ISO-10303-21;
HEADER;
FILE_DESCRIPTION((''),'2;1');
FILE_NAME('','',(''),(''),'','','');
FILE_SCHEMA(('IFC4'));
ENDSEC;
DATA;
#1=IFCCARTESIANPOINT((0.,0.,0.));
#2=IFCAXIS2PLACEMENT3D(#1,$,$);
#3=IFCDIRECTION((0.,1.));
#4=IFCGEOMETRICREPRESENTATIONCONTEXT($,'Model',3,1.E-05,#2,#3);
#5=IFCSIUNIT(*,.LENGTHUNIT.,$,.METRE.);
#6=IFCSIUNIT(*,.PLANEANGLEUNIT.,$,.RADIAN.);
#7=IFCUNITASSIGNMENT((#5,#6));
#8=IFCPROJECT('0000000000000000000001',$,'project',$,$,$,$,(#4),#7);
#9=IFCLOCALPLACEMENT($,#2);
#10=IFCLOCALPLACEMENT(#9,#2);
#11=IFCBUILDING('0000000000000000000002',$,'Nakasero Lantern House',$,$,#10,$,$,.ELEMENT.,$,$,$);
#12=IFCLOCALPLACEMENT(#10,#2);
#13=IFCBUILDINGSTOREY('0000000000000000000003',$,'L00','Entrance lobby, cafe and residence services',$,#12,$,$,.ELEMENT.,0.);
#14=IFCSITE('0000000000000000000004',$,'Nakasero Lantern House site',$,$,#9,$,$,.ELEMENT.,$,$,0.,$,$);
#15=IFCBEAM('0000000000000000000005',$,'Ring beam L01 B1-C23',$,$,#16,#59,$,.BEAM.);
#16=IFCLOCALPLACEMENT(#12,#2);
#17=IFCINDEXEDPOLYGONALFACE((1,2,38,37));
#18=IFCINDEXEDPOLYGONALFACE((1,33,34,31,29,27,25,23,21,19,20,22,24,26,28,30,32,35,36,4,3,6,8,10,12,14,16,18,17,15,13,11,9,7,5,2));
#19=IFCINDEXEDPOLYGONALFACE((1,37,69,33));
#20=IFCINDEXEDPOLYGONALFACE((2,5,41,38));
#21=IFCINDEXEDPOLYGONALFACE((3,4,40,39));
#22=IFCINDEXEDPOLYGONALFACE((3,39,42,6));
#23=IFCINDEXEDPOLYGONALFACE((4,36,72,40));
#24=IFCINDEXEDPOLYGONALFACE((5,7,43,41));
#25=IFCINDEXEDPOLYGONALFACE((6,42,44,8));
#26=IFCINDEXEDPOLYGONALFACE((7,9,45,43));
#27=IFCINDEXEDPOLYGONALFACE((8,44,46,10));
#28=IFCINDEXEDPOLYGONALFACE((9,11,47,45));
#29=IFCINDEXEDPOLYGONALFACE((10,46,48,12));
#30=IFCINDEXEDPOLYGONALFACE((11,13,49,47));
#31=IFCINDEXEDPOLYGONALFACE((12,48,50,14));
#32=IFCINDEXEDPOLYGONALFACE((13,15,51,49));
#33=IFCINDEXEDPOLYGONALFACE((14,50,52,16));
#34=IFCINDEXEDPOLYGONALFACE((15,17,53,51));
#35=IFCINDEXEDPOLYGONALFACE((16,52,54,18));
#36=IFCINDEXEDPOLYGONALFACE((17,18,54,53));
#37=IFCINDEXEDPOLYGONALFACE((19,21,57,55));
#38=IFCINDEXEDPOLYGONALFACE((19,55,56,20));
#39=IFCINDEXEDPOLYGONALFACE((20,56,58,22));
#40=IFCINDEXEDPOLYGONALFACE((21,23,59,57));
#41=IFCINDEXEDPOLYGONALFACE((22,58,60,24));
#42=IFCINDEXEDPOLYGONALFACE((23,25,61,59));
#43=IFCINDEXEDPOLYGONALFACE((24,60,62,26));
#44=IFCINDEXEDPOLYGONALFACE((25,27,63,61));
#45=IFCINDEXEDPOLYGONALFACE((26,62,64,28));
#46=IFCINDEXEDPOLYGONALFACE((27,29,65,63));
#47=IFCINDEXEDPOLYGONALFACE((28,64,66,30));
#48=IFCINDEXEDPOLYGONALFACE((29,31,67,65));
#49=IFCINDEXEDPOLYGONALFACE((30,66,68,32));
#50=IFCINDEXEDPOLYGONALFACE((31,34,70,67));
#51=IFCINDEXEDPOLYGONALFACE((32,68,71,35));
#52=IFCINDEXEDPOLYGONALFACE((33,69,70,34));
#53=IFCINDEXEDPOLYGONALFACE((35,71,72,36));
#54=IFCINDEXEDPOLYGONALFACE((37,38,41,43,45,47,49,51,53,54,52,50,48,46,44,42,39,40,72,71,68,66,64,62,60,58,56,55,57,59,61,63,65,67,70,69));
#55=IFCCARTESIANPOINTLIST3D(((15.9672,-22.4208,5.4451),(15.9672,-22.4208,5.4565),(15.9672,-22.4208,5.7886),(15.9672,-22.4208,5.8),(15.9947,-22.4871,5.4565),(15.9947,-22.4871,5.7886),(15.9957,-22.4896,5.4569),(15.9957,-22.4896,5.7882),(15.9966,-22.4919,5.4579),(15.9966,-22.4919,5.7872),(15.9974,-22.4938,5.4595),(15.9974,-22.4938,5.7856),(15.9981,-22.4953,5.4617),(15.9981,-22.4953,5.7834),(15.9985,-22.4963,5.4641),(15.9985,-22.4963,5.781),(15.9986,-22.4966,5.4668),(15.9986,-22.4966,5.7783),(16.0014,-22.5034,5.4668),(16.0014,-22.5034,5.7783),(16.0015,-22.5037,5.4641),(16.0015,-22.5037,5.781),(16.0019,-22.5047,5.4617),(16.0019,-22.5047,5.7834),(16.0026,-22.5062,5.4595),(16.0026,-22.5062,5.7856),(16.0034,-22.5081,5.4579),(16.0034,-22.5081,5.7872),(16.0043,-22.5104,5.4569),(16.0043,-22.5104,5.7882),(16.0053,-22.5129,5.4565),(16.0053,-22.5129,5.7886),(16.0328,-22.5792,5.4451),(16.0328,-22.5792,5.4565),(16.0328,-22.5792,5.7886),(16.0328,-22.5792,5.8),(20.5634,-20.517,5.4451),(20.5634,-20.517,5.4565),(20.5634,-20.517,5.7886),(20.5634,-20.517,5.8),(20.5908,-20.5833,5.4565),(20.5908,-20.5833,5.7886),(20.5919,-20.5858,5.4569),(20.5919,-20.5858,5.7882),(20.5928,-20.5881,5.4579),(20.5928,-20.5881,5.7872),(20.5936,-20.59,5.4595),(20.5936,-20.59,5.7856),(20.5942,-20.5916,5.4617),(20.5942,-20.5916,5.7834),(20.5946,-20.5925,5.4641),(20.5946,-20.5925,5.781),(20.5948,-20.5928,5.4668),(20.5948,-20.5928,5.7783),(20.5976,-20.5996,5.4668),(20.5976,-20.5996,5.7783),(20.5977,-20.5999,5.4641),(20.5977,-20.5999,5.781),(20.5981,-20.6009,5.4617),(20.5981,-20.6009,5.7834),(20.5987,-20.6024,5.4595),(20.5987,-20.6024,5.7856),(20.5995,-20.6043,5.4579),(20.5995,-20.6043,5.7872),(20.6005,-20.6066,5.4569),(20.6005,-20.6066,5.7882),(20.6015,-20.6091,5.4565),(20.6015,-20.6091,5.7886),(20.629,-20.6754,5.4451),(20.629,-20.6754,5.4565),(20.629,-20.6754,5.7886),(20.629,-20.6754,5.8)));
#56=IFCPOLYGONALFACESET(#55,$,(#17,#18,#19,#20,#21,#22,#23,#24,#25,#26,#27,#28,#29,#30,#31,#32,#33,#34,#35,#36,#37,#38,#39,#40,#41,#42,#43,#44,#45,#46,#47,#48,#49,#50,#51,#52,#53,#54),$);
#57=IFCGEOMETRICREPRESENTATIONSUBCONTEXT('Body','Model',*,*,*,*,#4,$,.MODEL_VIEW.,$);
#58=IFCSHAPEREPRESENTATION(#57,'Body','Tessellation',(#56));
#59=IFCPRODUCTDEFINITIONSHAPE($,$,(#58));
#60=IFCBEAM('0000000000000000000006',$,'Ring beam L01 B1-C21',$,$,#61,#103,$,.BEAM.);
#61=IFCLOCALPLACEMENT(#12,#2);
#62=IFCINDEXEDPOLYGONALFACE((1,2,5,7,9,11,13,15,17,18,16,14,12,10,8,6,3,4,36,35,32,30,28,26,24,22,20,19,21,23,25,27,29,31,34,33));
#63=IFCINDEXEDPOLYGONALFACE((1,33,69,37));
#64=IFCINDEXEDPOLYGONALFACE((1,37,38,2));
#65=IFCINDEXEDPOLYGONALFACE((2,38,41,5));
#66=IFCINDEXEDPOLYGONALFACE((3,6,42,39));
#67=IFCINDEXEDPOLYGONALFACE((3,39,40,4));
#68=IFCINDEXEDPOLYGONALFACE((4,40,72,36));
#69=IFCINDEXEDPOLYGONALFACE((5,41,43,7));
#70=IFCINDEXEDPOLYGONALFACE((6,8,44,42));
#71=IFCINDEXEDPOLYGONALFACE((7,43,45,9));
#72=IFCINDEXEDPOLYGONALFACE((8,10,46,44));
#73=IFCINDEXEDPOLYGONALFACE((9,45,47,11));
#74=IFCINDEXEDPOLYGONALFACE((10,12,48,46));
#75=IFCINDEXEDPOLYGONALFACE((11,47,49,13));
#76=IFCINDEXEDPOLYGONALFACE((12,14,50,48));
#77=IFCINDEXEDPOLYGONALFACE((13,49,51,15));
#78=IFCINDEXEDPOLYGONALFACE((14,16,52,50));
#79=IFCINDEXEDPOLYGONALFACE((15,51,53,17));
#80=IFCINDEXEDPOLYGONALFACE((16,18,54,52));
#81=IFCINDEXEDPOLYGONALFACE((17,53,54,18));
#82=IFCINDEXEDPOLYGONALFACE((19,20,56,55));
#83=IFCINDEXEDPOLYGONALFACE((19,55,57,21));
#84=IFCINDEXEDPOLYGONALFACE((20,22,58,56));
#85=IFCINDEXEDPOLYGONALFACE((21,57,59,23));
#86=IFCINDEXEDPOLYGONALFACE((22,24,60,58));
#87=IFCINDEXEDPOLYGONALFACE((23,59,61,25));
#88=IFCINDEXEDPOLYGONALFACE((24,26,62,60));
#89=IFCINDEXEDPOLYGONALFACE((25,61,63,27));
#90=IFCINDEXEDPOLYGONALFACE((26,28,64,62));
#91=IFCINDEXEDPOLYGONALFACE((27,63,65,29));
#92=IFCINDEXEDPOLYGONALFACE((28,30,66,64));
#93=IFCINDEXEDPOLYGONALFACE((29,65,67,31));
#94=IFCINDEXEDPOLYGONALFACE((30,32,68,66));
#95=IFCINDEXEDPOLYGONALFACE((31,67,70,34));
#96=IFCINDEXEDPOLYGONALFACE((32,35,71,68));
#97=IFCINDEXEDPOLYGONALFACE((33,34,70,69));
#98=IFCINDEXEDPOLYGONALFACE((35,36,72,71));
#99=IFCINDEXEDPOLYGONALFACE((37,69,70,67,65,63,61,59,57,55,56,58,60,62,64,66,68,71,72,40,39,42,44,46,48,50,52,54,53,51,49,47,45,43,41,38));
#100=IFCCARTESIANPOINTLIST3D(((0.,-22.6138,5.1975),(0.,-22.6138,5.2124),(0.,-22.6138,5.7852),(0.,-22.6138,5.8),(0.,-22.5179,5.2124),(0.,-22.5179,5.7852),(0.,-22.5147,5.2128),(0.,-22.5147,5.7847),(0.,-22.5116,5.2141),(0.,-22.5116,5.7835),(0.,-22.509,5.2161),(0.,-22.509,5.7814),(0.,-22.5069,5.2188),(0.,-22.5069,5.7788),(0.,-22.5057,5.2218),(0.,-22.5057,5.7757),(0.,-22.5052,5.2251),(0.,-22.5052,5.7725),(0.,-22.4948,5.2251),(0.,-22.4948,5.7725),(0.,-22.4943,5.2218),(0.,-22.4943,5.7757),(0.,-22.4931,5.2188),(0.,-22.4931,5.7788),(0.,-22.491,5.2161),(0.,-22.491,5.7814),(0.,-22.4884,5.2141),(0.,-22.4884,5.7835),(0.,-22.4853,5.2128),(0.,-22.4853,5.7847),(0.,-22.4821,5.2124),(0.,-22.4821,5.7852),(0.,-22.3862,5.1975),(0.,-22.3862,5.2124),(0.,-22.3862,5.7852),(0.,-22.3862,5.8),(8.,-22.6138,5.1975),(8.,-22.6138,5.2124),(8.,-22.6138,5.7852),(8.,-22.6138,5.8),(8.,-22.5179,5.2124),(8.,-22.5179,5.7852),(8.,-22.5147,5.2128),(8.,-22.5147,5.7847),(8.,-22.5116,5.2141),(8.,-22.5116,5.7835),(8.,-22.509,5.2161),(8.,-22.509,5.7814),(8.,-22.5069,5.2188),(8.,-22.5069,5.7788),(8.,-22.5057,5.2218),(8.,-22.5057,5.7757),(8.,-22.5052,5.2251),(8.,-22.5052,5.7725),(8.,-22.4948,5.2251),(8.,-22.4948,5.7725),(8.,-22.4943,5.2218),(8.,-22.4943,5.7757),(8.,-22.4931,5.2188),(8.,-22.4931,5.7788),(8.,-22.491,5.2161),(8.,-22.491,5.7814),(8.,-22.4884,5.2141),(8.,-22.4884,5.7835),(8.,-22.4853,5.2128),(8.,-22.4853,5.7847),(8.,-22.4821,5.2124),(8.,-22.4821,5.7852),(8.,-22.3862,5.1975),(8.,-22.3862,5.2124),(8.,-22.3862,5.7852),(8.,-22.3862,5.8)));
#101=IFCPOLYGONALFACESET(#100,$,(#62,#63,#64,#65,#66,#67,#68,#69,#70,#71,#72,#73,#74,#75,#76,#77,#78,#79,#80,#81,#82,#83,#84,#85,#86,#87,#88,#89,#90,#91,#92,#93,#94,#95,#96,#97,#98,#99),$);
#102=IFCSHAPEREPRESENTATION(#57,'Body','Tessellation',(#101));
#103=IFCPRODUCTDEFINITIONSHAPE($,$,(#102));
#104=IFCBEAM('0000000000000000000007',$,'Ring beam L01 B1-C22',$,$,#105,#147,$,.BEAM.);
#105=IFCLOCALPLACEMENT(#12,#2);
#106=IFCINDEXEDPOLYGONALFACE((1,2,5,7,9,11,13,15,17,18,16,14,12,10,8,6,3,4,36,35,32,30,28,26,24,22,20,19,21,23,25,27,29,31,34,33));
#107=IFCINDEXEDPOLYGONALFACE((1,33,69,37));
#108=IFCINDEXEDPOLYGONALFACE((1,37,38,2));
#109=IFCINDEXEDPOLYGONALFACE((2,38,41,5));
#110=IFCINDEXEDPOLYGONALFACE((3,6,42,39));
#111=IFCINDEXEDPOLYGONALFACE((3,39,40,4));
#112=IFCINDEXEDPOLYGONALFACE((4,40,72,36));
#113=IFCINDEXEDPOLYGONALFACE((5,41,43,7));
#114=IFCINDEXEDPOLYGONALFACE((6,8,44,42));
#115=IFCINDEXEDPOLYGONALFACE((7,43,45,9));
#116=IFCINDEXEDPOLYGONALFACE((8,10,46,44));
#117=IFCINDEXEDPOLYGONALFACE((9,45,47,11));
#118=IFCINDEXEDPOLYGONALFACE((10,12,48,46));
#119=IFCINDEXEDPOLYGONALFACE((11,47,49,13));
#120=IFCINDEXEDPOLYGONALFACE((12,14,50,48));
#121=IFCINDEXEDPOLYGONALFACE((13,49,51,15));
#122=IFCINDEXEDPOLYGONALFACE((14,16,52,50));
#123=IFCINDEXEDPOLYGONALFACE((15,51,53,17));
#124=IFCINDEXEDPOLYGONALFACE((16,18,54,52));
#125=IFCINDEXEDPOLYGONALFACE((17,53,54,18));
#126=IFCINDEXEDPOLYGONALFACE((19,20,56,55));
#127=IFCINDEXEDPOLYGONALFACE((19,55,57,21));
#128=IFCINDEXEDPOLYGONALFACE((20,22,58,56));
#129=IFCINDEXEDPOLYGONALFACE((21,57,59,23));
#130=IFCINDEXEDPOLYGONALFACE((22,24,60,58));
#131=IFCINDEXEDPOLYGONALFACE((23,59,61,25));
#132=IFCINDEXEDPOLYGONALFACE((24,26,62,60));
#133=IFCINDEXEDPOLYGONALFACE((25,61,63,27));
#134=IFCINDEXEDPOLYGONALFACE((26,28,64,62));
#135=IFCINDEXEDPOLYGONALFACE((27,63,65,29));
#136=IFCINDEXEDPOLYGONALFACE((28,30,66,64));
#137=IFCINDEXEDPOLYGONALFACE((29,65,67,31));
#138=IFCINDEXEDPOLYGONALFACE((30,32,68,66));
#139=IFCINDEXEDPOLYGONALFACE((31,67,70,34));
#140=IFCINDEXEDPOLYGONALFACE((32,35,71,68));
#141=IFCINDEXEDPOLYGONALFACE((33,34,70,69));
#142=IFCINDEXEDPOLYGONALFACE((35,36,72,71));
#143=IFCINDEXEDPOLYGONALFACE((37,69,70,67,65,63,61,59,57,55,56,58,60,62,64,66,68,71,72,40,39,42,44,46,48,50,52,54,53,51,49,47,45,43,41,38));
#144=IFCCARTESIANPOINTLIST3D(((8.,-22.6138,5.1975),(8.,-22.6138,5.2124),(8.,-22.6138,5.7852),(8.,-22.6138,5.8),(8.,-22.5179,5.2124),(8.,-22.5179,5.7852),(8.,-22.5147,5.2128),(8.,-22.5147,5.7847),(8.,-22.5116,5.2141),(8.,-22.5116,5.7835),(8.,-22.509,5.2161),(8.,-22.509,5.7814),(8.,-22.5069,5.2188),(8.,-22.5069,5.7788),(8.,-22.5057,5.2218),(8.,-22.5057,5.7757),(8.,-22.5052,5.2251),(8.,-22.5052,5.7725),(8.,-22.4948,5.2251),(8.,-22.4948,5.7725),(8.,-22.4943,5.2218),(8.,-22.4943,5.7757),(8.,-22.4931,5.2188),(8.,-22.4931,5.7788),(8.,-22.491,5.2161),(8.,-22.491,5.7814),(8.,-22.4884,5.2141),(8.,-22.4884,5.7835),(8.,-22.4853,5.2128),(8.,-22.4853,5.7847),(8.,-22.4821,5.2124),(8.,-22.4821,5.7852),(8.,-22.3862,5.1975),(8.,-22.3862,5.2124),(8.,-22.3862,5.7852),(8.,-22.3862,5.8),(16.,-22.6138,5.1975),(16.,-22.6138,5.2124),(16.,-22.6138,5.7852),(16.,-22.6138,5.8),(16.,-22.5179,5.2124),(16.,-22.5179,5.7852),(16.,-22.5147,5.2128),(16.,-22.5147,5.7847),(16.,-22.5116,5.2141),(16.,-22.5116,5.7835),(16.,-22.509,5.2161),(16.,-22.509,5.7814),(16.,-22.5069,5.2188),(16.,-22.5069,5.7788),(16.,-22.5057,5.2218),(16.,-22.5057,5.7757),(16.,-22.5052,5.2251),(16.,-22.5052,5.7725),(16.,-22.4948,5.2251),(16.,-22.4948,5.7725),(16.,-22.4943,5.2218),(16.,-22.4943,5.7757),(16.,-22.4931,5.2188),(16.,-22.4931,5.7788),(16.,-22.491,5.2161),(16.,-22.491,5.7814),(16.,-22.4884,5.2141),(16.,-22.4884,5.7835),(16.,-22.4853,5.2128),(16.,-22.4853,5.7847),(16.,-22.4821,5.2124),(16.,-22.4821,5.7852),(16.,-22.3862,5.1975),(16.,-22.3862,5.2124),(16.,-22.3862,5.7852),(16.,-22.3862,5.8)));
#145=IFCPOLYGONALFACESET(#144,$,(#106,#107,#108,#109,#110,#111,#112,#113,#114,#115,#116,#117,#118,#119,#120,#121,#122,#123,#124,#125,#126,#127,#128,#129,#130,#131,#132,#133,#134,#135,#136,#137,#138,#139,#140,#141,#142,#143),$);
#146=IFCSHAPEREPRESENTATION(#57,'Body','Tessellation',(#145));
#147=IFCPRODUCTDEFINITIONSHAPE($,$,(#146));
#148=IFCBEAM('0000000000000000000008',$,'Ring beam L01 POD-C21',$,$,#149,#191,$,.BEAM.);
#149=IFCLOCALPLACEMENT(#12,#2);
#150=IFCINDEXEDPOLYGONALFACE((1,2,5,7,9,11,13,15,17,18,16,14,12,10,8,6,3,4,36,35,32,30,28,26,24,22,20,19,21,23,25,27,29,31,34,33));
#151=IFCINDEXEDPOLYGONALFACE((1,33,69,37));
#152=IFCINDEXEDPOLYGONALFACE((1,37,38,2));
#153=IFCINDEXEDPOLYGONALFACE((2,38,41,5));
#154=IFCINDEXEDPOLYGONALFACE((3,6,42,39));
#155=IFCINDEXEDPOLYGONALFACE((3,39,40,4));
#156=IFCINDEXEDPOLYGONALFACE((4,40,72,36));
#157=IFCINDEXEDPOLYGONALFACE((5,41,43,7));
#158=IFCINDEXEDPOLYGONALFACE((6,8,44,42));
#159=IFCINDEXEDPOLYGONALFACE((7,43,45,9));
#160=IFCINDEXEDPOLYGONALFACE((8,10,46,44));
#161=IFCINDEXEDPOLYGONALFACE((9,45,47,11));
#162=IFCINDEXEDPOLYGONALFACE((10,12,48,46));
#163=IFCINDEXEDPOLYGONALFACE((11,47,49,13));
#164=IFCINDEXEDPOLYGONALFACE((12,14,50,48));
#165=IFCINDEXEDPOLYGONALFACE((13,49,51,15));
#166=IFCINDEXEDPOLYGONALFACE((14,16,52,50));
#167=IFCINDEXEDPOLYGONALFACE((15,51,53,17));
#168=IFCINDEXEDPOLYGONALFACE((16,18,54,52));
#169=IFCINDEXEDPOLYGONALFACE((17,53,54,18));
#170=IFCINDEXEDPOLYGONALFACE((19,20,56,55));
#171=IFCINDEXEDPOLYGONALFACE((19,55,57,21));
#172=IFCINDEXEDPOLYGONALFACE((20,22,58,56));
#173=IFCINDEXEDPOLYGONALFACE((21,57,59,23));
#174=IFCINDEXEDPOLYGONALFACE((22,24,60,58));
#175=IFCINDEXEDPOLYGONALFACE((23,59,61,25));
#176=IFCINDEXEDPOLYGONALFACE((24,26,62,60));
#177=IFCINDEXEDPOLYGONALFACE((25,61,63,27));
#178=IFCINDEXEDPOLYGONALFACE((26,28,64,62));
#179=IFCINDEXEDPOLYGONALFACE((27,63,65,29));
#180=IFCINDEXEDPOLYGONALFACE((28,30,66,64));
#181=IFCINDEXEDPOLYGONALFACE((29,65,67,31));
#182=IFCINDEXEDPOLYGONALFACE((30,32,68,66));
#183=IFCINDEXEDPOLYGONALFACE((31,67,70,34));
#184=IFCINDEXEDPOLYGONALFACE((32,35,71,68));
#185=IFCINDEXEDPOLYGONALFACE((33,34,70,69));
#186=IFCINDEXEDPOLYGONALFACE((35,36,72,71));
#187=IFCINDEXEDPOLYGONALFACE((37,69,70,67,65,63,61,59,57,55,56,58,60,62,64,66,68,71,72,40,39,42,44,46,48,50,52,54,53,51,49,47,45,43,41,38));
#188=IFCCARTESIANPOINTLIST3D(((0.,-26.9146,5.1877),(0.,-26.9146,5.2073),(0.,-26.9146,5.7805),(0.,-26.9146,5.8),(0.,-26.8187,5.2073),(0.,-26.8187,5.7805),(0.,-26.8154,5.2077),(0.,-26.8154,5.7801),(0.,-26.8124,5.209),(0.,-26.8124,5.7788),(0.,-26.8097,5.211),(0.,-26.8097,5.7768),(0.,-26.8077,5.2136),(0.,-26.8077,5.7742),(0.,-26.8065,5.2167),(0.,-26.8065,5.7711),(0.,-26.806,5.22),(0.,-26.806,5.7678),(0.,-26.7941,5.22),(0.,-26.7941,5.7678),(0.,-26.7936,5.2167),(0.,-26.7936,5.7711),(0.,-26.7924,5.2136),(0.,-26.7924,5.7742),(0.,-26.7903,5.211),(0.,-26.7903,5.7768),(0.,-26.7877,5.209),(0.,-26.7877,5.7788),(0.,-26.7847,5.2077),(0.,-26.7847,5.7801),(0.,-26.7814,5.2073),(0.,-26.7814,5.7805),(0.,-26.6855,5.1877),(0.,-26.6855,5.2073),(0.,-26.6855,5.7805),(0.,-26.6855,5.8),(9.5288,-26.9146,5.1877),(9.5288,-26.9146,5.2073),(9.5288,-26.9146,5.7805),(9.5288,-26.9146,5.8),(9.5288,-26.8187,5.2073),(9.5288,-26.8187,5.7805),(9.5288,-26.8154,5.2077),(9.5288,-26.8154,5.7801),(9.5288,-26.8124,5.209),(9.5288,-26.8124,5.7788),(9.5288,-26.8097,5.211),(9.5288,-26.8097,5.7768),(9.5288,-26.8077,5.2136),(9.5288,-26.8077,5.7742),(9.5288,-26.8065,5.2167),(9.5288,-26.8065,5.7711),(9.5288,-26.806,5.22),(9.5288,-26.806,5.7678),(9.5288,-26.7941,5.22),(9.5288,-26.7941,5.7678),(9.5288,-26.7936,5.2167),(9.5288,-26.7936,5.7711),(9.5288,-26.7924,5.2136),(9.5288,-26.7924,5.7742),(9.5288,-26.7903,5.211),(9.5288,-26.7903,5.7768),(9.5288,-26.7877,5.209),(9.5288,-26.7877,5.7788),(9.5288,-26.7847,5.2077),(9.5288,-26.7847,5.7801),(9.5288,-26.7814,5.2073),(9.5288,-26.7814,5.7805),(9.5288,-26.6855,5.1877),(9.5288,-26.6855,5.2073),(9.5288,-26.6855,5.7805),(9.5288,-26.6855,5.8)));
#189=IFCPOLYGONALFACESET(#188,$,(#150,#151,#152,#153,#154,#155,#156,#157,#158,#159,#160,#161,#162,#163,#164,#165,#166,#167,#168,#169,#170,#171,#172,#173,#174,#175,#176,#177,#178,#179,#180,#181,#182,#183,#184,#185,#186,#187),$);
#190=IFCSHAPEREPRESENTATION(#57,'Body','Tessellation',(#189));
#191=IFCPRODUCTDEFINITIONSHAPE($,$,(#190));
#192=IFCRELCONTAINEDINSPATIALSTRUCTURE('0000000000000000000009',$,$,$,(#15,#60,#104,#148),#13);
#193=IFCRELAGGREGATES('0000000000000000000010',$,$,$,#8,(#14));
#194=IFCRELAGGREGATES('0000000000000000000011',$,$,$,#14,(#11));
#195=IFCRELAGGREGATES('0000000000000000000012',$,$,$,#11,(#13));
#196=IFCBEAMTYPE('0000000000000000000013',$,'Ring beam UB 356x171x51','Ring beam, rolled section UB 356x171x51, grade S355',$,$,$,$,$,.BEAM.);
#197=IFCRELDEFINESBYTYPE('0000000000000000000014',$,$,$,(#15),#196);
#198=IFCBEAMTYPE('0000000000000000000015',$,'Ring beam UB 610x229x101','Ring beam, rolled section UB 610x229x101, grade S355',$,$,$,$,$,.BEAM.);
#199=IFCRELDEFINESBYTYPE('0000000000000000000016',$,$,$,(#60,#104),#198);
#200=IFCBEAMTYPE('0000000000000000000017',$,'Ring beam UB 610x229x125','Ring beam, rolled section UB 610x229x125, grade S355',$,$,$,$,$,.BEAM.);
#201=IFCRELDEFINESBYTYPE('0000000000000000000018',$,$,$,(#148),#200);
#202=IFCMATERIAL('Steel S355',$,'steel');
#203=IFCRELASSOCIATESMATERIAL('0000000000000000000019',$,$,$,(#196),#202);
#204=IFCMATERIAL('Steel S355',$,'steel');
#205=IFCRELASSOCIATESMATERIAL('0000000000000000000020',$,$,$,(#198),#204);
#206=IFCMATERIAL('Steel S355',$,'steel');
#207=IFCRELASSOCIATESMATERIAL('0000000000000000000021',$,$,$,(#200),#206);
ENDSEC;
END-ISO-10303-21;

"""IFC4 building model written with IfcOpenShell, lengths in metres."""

from ifc_helpers import new_model, si_unit, direction, frame, origin, origin_2d, place, context, subcontext, project, spatial, i_section, extrude, material, material_profile, profile_set, type_object, element, save


model = new_model("IFC4")

# Units and contexts
model_context = context("Model", 3, precision=1e-05, world=origin(), true_north=direction((0.0, 1.0)))
body_context = subcontext(model_context, "Body", "Model", "MODEL_VIEW")
ifc_project = project(units=[si_unit("LENGTHUNIT", "METRE"), si_unit("PLANEANGLEUNIT", "RADIAN")], contexts=[model_context])

# Site, building, storey
site_placement = place(None, origin())
site = spatial("IfcSite", under=ifc_project, at=site_placement, Name="Nakasero Lantern House site", CompositionType="ELEMENT", RefElevation=0.0)
building_placement = place(site_placement, origin())
building = spatial("IfcBuilding", under=site, at=building_placement, Name="Nakasero Lantern House", CompositionType="ELEMENT")
storey_placement = place(building_placement, origin())
storey = spatial("IfcBuildingStorey", under=building, at=storey_placement, Name="L00", Description="Entrance lobby, cafe and residence services", CompositionType="ELEMENT", Elevation=0.0)

# Beams
ifc_material_1 = material(Name="Steel S355", Category="steel")
ifc_material_profile_1 = material_profile(ifc_material_1, i_section(OverallWidth=0.1714, OverallDepth=0.355, WebThickness=0.0073, FlangeThickness=0.0115, FilletRadius=0.0103, at=origin_2d()), Name="UB 356x171x51")
ifc_profile_set_1 = profile_set([ifc_material_profile_1], Name="Steel S355")
beam_type_1 = type_object("IfcBeamType", Name="Ring beam UB 356x171x51", Description="Ring beam, rolled section UB 356x171x51, grade S355", PredefinedType="BEAM", material=ifc_profile_set_1)
beam_1_placement = place(storey_placement, frame((16.0, -22.5, 5.6226), z_axis=(0.923879, 0.382684, 0.0), x_axis=(-0.382684, 0.923879, 0.0)))
element("IfcBeam", 1, at=beam_1_placement, inside=storey, type_object=beam_type_1, Name="Ring beam L01 B1-C23", PredefinedType="BEAM", context=body_context, shape_type="SweptSolid", body=[
    extrude(i_section(OverallWidth=0.1714, OverallDepth=0.355, WebThickness=0.0073, FlangeThickness=0.0115, FilletRadius=0.0103, at=origin_2d()), origin(), (0.0, 0.0, 1.0), 4.9749),
])
ifc_material_2 = material(Name="Steel S355", Category="steel")
ifc_material_profile_2 = material_profile(ifc_material_2, i_section(OverallWidth=0.2275, OverallDepth=0.6025, WebThickness=0.0105, FlangeThickness=0.0149, FilletRadius=0.0127, at=origin_2d()), Name="UB 610x229x101")
ifc_profile_set_2 = profile_set([ifc_material_profile_2], Name="Steel S355")
beam_type_2 = type_object("IfcBeamType", Name="Ring beam UB 610x229x101", Description="Ring beam, rolled section UB 610x229x101, grade S355", PredefinedType="BEAM", material=ifc_profile_set_2)
for number, where, z_axis, x_axis, name in (
    (2, (0.0, -22.5, 5.4988), (1.0, 0.0, 0.0), (0.0, 1.0, 0.0), "Ring beam L01 B1-C21"),
    (3, (8.0, -22.5, 5.4988), (1.0, 0.0, 0.0), (0.0, 1.0, 0.0), "Ring beam L01 B1-C22"),
):
    element("IfcBeam", number, at=place(storey_placement, frame(where, z_axis=z_axis, x_axis=x_axis)), inside=storey, type_object=beam_type_2, Name=name, PredefinedType="BEAM", context=body_context, shape_type="SweptSolid", body=[
        extrude(i_section(OverallWidth=0.2275, OverallDepth=0.6025, WebThickness=0.0105, FlangeThickness=0.0149, FilletRadius=0.0127, at=origin_2d()), origin(), (0.0, 0.0, 1.0), 8.0),
    ])
ifc_material_3 = material(Name="Steel S355", Category="steel")
ifc_material_profile_3 = material_profile(ifc_material_3, i_section(OverallWidth=0.229, OverallDepth=0.6123, WebThickness=0.012, FlangeThickness=0.0195, FilletRadius=0.0127, at=origin_2d()), Name="UB 610x229x125")
ifc_profile_set_3 = profile_set([ifc_material_profile_3], Name="Steel S355")
beam_type_3 = type_object("IfcBeamType", Name="Ring beam UB 610x229x125", Description="Ring beam, rolled section UB 610x229x125, grade S355", PredefinedType="BEAM", material=ifc_profile_set_3)
beam_2_placement = place(storey_placement, frame((0.0, -26.8, 5.4939), z_axis=(1.0, 0.0, 0.0), x_axis=(0.0, 1.0, 0.0)))
element("IfcBeam", 4, at=beam_2_placement, inside=storey, type_object=beam_type_3, Name="Ring beam L01 POD-C21", PredefinedType="BEAM", context=body_context, shape_type="SweptSolid", body=[
    extrude(i_section(OverallWidth=0.229, OverallDepth=0.6123, WebThickness=0.012, FlangeThickness=0.0195, FilletRadius=0.0127, at=origin_2d()), origin(), (0.0, 0.0, 1.0), 9.5288),
])

save(model, "model.ifc")
